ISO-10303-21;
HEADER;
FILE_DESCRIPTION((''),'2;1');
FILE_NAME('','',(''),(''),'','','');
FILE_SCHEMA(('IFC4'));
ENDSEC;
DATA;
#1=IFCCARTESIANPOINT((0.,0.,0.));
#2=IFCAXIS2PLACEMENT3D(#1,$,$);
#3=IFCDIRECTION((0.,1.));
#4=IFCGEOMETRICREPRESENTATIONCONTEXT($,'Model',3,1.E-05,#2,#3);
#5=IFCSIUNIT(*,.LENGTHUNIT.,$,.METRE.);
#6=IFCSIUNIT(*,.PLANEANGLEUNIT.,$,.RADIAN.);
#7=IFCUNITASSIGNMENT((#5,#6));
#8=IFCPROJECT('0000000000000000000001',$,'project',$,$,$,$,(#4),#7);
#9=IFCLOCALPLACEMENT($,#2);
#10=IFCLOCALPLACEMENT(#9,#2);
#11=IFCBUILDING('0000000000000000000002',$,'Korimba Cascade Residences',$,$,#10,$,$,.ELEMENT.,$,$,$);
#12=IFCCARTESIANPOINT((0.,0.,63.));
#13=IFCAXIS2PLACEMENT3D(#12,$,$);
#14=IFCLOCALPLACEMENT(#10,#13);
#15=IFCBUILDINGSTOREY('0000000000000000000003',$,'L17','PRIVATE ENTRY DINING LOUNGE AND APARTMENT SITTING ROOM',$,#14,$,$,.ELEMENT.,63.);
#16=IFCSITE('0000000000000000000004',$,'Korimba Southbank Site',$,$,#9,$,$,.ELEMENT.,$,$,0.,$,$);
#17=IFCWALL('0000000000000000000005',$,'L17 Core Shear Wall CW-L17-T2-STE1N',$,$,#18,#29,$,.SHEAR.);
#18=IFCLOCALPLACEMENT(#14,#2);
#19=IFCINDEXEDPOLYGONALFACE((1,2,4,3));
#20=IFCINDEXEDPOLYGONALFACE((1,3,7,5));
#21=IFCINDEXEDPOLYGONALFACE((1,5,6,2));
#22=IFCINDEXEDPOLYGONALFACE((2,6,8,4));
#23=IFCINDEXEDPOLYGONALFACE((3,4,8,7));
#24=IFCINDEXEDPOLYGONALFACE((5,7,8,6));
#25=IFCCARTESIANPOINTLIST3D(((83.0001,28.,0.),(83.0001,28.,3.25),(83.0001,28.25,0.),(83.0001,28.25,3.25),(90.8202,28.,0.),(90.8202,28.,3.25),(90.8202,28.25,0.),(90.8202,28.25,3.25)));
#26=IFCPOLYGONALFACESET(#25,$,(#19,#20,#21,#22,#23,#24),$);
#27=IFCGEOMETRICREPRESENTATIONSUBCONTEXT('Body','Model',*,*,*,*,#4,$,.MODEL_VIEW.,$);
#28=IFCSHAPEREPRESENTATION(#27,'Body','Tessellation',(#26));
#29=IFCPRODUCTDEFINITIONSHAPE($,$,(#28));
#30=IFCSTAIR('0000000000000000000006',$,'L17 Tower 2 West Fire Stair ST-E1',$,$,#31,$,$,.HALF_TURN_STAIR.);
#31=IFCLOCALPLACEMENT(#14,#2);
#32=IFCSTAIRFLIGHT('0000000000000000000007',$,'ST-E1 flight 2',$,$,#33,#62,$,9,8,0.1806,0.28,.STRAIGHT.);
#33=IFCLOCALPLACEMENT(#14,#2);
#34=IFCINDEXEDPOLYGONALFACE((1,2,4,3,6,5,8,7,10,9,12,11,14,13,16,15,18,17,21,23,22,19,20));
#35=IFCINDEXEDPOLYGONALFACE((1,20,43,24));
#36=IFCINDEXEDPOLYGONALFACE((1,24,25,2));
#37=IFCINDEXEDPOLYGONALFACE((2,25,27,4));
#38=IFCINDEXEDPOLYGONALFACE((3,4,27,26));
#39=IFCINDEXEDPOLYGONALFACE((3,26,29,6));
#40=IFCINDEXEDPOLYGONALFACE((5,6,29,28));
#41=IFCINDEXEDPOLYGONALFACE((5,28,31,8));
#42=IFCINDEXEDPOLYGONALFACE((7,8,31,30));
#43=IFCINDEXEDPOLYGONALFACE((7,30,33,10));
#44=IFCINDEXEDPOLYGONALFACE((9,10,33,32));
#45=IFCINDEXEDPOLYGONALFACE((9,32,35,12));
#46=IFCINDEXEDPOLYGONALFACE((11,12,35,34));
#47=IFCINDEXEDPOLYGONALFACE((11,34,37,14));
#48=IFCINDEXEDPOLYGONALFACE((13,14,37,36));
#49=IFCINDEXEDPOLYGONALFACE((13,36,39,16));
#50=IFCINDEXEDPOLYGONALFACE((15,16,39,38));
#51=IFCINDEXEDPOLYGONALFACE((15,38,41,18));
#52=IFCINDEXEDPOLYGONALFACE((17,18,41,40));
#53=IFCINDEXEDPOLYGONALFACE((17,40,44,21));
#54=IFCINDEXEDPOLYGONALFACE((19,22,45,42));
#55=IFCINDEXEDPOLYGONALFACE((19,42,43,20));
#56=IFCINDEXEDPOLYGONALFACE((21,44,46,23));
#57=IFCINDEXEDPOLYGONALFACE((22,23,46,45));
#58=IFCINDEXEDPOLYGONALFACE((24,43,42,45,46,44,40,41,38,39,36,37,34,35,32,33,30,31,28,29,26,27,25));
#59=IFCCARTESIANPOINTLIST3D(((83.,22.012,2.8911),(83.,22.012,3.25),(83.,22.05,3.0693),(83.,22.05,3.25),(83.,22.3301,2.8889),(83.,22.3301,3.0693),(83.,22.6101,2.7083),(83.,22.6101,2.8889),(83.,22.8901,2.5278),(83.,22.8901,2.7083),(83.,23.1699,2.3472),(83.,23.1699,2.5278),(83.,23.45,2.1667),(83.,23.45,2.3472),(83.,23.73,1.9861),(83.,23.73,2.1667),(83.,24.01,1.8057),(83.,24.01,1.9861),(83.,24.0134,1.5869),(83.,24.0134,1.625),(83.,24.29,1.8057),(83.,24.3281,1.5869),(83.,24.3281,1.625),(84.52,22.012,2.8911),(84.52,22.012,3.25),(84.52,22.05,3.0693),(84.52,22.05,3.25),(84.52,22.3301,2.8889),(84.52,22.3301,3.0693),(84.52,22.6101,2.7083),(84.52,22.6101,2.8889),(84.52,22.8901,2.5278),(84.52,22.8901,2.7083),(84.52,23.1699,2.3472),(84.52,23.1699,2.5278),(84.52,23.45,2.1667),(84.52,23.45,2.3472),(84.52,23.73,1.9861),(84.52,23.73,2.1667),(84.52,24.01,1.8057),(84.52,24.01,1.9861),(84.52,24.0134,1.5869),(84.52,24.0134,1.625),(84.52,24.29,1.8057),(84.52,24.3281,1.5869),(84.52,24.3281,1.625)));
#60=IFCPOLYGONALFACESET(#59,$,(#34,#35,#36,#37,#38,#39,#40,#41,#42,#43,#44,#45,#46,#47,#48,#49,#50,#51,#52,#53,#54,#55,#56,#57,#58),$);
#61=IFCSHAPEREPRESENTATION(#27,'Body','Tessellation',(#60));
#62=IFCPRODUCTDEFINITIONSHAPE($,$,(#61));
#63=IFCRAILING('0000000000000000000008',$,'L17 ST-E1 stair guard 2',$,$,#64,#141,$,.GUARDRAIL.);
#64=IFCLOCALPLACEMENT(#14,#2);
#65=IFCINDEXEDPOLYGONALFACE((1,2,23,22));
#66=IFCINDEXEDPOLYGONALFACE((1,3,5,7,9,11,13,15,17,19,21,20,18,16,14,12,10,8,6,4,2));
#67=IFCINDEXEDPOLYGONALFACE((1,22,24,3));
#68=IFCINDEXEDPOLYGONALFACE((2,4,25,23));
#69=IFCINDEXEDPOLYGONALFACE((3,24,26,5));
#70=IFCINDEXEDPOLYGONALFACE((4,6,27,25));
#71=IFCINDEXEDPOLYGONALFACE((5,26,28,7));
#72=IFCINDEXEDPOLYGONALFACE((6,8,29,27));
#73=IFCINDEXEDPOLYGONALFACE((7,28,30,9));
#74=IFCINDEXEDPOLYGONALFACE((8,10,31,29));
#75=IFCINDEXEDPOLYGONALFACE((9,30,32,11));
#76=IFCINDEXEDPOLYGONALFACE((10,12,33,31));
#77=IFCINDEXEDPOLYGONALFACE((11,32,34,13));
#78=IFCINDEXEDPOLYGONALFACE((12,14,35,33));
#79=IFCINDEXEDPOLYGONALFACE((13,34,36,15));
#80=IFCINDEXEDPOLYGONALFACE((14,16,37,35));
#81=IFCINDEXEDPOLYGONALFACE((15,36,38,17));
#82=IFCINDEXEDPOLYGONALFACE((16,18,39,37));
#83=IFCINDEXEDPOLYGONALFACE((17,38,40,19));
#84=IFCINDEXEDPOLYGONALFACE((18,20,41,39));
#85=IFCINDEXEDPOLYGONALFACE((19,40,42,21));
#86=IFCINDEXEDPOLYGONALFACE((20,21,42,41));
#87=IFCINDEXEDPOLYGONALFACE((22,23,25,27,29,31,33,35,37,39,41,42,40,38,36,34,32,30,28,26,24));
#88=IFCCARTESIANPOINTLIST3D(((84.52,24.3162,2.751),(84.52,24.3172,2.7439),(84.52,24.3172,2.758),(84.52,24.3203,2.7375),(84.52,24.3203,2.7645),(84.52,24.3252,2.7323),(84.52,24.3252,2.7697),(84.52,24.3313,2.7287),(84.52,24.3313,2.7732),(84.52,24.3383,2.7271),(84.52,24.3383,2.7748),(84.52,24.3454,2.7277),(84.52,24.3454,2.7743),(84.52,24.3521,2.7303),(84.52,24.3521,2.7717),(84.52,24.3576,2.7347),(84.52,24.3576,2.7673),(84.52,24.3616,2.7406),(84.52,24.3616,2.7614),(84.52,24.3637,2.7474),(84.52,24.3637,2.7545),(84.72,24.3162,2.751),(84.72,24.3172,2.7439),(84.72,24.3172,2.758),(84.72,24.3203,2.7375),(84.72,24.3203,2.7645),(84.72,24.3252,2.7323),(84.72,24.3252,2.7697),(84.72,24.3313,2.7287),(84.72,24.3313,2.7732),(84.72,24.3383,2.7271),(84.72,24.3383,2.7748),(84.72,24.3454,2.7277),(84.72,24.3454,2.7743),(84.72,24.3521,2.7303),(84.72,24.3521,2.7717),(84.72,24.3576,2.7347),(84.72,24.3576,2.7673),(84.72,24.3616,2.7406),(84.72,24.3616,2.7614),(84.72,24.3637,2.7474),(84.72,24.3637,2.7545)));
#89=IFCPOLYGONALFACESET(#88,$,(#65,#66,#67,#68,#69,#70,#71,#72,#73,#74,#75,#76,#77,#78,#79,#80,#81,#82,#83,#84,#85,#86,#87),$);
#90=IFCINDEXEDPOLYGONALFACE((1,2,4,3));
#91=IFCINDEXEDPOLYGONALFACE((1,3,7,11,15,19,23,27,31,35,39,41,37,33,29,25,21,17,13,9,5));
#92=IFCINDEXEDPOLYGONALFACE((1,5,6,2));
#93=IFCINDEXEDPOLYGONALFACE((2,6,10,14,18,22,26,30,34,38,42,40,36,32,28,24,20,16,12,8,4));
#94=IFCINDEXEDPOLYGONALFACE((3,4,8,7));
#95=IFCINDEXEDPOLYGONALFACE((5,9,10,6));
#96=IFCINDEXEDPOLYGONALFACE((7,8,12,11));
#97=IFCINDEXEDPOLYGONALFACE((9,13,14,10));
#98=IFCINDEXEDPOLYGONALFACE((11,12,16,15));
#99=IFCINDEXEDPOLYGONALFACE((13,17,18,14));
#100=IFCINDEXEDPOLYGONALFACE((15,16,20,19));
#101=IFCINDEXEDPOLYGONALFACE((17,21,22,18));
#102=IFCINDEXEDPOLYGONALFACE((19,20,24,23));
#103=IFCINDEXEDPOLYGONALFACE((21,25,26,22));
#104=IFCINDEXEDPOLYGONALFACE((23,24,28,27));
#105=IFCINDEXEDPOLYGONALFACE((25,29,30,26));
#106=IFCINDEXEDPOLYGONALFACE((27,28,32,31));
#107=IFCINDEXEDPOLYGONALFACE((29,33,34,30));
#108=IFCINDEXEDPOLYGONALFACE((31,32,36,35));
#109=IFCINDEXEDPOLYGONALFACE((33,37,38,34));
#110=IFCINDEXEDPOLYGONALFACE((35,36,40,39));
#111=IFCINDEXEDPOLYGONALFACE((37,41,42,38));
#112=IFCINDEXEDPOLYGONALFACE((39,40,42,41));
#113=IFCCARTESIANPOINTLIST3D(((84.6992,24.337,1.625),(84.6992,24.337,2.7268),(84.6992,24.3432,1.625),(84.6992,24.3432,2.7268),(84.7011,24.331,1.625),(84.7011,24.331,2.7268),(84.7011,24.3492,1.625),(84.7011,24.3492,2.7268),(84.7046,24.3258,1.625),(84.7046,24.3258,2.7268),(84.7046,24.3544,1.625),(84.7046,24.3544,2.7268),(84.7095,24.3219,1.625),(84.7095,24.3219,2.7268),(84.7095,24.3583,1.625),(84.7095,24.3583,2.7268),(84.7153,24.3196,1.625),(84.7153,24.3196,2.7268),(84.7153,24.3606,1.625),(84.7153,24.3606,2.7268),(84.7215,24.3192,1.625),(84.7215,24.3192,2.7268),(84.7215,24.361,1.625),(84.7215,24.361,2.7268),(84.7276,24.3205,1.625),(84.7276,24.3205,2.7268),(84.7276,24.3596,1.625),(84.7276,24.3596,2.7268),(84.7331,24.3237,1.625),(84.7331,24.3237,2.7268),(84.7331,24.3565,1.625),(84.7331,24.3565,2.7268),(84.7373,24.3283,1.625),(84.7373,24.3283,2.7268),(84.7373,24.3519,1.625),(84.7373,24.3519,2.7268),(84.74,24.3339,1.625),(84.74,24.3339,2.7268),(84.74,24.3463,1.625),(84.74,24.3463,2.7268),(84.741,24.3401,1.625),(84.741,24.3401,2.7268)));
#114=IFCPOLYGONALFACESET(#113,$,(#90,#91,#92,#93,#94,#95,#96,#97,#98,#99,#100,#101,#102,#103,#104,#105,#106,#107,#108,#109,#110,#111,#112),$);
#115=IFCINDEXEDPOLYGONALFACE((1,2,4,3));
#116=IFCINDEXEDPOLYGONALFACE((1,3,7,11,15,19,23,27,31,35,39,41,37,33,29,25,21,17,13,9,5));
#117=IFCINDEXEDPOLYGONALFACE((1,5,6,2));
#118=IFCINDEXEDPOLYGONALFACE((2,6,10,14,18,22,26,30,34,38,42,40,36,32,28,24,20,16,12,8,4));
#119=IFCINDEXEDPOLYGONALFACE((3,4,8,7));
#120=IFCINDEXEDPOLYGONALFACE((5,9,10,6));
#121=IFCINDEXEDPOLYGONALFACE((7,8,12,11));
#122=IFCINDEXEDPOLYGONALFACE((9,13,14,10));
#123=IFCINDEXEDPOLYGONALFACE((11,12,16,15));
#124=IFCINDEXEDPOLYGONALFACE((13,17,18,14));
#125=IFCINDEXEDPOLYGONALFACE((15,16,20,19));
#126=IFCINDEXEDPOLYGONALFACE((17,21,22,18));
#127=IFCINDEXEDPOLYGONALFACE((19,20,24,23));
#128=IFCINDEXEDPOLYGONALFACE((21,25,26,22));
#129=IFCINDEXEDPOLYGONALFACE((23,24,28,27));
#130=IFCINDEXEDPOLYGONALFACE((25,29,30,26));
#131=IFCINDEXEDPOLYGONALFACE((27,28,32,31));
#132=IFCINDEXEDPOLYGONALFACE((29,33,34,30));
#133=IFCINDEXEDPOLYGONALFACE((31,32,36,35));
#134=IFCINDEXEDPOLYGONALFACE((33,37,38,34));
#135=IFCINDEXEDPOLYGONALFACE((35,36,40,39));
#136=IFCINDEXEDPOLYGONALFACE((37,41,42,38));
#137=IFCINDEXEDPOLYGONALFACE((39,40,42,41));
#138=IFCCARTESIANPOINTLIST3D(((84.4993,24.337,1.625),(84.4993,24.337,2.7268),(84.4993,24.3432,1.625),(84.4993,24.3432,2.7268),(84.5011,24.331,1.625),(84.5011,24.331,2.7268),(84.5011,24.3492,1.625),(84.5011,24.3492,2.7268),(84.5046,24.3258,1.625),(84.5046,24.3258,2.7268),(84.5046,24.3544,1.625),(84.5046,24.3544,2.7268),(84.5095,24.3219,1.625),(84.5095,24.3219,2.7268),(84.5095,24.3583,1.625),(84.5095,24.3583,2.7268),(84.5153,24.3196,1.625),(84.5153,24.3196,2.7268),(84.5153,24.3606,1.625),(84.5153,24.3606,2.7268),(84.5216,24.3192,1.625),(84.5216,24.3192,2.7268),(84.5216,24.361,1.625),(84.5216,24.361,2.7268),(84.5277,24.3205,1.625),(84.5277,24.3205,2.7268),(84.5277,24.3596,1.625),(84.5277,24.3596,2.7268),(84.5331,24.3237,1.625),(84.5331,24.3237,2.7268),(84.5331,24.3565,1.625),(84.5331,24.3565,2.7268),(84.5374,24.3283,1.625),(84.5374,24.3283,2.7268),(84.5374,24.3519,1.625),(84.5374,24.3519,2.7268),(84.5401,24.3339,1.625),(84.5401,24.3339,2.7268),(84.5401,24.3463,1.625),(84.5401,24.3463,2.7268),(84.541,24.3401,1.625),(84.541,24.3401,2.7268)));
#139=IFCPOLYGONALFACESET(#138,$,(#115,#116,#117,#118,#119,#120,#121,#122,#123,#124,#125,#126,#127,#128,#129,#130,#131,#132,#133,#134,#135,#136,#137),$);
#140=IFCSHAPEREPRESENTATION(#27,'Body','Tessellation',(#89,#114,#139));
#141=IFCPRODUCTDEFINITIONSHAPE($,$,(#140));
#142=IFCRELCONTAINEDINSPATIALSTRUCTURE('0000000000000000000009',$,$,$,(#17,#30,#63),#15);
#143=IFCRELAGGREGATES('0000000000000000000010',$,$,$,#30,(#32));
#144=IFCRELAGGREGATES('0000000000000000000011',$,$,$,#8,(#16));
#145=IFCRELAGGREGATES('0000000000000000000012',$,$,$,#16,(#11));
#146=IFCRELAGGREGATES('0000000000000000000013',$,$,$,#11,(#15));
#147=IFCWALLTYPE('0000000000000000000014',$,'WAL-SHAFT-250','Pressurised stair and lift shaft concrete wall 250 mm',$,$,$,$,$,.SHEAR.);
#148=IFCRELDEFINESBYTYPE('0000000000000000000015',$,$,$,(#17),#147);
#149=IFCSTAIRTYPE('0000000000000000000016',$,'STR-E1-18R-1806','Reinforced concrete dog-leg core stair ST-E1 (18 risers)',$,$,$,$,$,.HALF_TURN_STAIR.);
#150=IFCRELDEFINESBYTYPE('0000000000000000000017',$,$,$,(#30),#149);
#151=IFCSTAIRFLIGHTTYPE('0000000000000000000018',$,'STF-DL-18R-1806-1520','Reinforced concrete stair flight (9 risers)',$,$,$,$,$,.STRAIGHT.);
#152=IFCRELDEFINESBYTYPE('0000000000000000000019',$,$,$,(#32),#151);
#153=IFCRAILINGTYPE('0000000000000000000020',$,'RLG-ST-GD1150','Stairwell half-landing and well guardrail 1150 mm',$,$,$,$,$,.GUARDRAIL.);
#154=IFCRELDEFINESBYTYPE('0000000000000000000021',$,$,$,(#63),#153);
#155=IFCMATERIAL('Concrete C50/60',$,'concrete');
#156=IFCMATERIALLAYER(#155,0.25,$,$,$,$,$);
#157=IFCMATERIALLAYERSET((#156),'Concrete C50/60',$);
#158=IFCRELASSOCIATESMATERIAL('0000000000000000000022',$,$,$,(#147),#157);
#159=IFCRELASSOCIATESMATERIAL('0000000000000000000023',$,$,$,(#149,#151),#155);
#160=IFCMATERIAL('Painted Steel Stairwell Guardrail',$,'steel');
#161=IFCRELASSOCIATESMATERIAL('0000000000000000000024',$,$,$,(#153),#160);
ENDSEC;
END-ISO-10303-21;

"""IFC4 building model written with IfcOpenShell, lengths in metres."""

from ifc_helpers import new_model, si_unit, direction, frame, frame_2d, origin, origin_2d, place, context, subcontext, project, spatial, polyline, rectangle, circle, outline, extrude, material, layer, layer_set, type_object, element, aggregate, save


model = new_model("IFC4")

# Units and contexts
model_context = context("Model", 3, precision=1e-05, world=origin(), true_north=direction((0.0, 1.0)))
body_context = subcontext(model_context, "Body", "Model", "MODEL_VIEW")
ifc_project = project(units=[si_unit("LENGTHUNIT", "METRE"), si_unit("PLANEANGLEUNIT", "RADIAN")], contexts=[model_context])

# Site, building, storey
site_placement = place(None, origin())
site = spatial("IfcSite", under=ifc_project, at=site_placement, Name="Korimba Southbank Site", CompositionType="ELEMENT", RefElevation=0.0)
building_placement = place(site_placement, origin())
building = spatial("IfcBuilding", under=site, at=building_placement, Name="Korimba Cascade Residences", CompositionType="ELEMENT")
storey_placement = place(building_placement, frame((0.0, 0.0, 63.0)))
storey = spatial("IfcBuildingStorey", under=building, at=storey_placement, Name="L17", Description="PRIVATE ENTRY DINING LOUNGE AND APARTMENT SITTING ROOM", CompositionType="ELEMENT", Elevation=63.0)

# Wall
ifc_material_1 = material(Name="Concrete C50/60", Category="concrete")
ifc_layer_1 = layer(ifc_material_1, 0.25)
ifc_layer_set_1 = layer_set([ifc_layer_1], Name="Concrete C50/60")
wall_type_1 = type_object("IfcWallType", Name="WAL-SHAFT-250", Description="Pressurised stair and lift shaft concrete wall 250 mm", PredefinedType="SHEAR", material=ifc_layer_set_1)
wall_1_placement = place(storey_placement, frame((83.0, 28.125, 0.0), z_axis=(0.0, 0.0, 1.0), x_axis=(1.0, 0.0, 0.0)))
element("IfcWall", 1, at=wall_1_placement, inside=storey, type_object=wall_type_1, Name="L17 Core Shear Wall CW-L17-T2-STE1N", PredefinedType="SHEAR", context=body_context, shape_type="SweptSolid", body=[
    extrude(rectangle(XDim=7.8201, YDim=0.25, at=frame_2d((3.9102, 0.0))), origin(), (0.0, 0.0, 1.0), 3.25),
])

# Stair, stair flight
stair_type = type_object("IfcStairType", Name="STR-E1-18R-1806", Description="Reinforced concrete dog-leg core stair ST-E1 (18 risers)", PredefinedType="HALF_TURN_STAIR", material=ifc_material_1)
stair_placement = place(storey_placement, origin())
stair = element("IfcStair", 2, at=stair_placement, inside=storey, type_object=stair_type, Name="L17 Tower 2 West Fire Stair ST-E1", PredefinedType="HALF_TURN_STAIR")
stair_flight_type = type_object("IfcStairFlightType", Name="STF-DL-18R-1806-1520", Description="Reinforced concrete stair flight (9 risers)", PredefinedType="STRAIGHT", material=ifc_material_1)
stair_flight_placement = place(storey_placement, frame((83.76, 24.29, 1.625), z_axis=(0.0, 0.0, 1.0), x_axis=(0.0, -1.0, 0.0)))
stair_flight = element("IfcStairFlight", 3, at=stair_flight_placement, type_object=stair_flight_type, Name="ST-E1 flight 2", NumberOfRisers=9, NumberOfTreads=8, PredefinedType="STRAIGHT", RiserHeight=0.1806, TreadLength=0.28, context=body_context, shape_type="SweptSolid", body=[
    extrude(outline(polyline([(-0.0381, 0.0), (0.0, 0.1807), (0.28, 0.1807), (0.28, 0.3611), (0.5601, 0.3611), (0.5601, 0.5417), (0.8401, 0.5417), (0.8401, 0.7222), (1.1201, 0.7222), (1.1201, 0.9028), (1.3999, 0.9028), (1.3999, 1.0833), (1.6799, 1.0833), (1.6799, 1.2639), (1.96, 1.2639), (1.96, 1.4443), (2.24, 1.4443), (2.24, 1.625), (2.2781, 1.625), (2.2781, 1.2661), (0.2766, 0.0), (0.2766, -0.0381), (-0.0381, -0.0381), (-0.0381, 0.0)])), frame((0.0, 0.76, 0.0), z_axis=(0.0, -1.0, 0.0), x_axis=(1.0, 0.0, 0.0)), (0.0, 0.0, 1.0), 1.52),
])
aggregate(stair, [stair_flight])

# Railing
ifc_material_2 = material(Name="Painted Steel Stairwell Guardrail", Category="steel")
railing_type_1 = type_object("IfcRailingType", Name="RLG-ST-GD1150", Description="Stairwell half-landing and well guardrail 1150 mm", PredefinedType="GUARDRAIL", material=ifc_material_2)
railing_1_placement = place(storey_placement, frame((84.72, 24.3401, 1.625)))
element("IfcRailing", 4, at=railing_1_placement, inside=storey, type_object=railing_type_1, Name="L17 ST-E1 stair guard 2", PredefinedType="GUARDRAIL", context=body_context, shape_type="SweptSolid", body=[
    extrude(circle(Radius=0.0239, at=origin_2d()), frame((0.0, 0.0, 1.126), z_axis=(-1.0, 0.0, 0.0), x_axis=(0.0, -1.0, 0.0)), (0.0, 0.0, 1.0), 0.2),
    extrude(circle(Radius=0.021, at=origin_2d()), origin(), (0.0, 0.0, 1.0), 1.1018),
    extrude(circle(Radius=0.021, at=origin_2d()), frame((-0.2, 0.0, 0.0)), (0.0, 0.0, 1.0), 1.1018),
])

save(model, "model.ifc")
